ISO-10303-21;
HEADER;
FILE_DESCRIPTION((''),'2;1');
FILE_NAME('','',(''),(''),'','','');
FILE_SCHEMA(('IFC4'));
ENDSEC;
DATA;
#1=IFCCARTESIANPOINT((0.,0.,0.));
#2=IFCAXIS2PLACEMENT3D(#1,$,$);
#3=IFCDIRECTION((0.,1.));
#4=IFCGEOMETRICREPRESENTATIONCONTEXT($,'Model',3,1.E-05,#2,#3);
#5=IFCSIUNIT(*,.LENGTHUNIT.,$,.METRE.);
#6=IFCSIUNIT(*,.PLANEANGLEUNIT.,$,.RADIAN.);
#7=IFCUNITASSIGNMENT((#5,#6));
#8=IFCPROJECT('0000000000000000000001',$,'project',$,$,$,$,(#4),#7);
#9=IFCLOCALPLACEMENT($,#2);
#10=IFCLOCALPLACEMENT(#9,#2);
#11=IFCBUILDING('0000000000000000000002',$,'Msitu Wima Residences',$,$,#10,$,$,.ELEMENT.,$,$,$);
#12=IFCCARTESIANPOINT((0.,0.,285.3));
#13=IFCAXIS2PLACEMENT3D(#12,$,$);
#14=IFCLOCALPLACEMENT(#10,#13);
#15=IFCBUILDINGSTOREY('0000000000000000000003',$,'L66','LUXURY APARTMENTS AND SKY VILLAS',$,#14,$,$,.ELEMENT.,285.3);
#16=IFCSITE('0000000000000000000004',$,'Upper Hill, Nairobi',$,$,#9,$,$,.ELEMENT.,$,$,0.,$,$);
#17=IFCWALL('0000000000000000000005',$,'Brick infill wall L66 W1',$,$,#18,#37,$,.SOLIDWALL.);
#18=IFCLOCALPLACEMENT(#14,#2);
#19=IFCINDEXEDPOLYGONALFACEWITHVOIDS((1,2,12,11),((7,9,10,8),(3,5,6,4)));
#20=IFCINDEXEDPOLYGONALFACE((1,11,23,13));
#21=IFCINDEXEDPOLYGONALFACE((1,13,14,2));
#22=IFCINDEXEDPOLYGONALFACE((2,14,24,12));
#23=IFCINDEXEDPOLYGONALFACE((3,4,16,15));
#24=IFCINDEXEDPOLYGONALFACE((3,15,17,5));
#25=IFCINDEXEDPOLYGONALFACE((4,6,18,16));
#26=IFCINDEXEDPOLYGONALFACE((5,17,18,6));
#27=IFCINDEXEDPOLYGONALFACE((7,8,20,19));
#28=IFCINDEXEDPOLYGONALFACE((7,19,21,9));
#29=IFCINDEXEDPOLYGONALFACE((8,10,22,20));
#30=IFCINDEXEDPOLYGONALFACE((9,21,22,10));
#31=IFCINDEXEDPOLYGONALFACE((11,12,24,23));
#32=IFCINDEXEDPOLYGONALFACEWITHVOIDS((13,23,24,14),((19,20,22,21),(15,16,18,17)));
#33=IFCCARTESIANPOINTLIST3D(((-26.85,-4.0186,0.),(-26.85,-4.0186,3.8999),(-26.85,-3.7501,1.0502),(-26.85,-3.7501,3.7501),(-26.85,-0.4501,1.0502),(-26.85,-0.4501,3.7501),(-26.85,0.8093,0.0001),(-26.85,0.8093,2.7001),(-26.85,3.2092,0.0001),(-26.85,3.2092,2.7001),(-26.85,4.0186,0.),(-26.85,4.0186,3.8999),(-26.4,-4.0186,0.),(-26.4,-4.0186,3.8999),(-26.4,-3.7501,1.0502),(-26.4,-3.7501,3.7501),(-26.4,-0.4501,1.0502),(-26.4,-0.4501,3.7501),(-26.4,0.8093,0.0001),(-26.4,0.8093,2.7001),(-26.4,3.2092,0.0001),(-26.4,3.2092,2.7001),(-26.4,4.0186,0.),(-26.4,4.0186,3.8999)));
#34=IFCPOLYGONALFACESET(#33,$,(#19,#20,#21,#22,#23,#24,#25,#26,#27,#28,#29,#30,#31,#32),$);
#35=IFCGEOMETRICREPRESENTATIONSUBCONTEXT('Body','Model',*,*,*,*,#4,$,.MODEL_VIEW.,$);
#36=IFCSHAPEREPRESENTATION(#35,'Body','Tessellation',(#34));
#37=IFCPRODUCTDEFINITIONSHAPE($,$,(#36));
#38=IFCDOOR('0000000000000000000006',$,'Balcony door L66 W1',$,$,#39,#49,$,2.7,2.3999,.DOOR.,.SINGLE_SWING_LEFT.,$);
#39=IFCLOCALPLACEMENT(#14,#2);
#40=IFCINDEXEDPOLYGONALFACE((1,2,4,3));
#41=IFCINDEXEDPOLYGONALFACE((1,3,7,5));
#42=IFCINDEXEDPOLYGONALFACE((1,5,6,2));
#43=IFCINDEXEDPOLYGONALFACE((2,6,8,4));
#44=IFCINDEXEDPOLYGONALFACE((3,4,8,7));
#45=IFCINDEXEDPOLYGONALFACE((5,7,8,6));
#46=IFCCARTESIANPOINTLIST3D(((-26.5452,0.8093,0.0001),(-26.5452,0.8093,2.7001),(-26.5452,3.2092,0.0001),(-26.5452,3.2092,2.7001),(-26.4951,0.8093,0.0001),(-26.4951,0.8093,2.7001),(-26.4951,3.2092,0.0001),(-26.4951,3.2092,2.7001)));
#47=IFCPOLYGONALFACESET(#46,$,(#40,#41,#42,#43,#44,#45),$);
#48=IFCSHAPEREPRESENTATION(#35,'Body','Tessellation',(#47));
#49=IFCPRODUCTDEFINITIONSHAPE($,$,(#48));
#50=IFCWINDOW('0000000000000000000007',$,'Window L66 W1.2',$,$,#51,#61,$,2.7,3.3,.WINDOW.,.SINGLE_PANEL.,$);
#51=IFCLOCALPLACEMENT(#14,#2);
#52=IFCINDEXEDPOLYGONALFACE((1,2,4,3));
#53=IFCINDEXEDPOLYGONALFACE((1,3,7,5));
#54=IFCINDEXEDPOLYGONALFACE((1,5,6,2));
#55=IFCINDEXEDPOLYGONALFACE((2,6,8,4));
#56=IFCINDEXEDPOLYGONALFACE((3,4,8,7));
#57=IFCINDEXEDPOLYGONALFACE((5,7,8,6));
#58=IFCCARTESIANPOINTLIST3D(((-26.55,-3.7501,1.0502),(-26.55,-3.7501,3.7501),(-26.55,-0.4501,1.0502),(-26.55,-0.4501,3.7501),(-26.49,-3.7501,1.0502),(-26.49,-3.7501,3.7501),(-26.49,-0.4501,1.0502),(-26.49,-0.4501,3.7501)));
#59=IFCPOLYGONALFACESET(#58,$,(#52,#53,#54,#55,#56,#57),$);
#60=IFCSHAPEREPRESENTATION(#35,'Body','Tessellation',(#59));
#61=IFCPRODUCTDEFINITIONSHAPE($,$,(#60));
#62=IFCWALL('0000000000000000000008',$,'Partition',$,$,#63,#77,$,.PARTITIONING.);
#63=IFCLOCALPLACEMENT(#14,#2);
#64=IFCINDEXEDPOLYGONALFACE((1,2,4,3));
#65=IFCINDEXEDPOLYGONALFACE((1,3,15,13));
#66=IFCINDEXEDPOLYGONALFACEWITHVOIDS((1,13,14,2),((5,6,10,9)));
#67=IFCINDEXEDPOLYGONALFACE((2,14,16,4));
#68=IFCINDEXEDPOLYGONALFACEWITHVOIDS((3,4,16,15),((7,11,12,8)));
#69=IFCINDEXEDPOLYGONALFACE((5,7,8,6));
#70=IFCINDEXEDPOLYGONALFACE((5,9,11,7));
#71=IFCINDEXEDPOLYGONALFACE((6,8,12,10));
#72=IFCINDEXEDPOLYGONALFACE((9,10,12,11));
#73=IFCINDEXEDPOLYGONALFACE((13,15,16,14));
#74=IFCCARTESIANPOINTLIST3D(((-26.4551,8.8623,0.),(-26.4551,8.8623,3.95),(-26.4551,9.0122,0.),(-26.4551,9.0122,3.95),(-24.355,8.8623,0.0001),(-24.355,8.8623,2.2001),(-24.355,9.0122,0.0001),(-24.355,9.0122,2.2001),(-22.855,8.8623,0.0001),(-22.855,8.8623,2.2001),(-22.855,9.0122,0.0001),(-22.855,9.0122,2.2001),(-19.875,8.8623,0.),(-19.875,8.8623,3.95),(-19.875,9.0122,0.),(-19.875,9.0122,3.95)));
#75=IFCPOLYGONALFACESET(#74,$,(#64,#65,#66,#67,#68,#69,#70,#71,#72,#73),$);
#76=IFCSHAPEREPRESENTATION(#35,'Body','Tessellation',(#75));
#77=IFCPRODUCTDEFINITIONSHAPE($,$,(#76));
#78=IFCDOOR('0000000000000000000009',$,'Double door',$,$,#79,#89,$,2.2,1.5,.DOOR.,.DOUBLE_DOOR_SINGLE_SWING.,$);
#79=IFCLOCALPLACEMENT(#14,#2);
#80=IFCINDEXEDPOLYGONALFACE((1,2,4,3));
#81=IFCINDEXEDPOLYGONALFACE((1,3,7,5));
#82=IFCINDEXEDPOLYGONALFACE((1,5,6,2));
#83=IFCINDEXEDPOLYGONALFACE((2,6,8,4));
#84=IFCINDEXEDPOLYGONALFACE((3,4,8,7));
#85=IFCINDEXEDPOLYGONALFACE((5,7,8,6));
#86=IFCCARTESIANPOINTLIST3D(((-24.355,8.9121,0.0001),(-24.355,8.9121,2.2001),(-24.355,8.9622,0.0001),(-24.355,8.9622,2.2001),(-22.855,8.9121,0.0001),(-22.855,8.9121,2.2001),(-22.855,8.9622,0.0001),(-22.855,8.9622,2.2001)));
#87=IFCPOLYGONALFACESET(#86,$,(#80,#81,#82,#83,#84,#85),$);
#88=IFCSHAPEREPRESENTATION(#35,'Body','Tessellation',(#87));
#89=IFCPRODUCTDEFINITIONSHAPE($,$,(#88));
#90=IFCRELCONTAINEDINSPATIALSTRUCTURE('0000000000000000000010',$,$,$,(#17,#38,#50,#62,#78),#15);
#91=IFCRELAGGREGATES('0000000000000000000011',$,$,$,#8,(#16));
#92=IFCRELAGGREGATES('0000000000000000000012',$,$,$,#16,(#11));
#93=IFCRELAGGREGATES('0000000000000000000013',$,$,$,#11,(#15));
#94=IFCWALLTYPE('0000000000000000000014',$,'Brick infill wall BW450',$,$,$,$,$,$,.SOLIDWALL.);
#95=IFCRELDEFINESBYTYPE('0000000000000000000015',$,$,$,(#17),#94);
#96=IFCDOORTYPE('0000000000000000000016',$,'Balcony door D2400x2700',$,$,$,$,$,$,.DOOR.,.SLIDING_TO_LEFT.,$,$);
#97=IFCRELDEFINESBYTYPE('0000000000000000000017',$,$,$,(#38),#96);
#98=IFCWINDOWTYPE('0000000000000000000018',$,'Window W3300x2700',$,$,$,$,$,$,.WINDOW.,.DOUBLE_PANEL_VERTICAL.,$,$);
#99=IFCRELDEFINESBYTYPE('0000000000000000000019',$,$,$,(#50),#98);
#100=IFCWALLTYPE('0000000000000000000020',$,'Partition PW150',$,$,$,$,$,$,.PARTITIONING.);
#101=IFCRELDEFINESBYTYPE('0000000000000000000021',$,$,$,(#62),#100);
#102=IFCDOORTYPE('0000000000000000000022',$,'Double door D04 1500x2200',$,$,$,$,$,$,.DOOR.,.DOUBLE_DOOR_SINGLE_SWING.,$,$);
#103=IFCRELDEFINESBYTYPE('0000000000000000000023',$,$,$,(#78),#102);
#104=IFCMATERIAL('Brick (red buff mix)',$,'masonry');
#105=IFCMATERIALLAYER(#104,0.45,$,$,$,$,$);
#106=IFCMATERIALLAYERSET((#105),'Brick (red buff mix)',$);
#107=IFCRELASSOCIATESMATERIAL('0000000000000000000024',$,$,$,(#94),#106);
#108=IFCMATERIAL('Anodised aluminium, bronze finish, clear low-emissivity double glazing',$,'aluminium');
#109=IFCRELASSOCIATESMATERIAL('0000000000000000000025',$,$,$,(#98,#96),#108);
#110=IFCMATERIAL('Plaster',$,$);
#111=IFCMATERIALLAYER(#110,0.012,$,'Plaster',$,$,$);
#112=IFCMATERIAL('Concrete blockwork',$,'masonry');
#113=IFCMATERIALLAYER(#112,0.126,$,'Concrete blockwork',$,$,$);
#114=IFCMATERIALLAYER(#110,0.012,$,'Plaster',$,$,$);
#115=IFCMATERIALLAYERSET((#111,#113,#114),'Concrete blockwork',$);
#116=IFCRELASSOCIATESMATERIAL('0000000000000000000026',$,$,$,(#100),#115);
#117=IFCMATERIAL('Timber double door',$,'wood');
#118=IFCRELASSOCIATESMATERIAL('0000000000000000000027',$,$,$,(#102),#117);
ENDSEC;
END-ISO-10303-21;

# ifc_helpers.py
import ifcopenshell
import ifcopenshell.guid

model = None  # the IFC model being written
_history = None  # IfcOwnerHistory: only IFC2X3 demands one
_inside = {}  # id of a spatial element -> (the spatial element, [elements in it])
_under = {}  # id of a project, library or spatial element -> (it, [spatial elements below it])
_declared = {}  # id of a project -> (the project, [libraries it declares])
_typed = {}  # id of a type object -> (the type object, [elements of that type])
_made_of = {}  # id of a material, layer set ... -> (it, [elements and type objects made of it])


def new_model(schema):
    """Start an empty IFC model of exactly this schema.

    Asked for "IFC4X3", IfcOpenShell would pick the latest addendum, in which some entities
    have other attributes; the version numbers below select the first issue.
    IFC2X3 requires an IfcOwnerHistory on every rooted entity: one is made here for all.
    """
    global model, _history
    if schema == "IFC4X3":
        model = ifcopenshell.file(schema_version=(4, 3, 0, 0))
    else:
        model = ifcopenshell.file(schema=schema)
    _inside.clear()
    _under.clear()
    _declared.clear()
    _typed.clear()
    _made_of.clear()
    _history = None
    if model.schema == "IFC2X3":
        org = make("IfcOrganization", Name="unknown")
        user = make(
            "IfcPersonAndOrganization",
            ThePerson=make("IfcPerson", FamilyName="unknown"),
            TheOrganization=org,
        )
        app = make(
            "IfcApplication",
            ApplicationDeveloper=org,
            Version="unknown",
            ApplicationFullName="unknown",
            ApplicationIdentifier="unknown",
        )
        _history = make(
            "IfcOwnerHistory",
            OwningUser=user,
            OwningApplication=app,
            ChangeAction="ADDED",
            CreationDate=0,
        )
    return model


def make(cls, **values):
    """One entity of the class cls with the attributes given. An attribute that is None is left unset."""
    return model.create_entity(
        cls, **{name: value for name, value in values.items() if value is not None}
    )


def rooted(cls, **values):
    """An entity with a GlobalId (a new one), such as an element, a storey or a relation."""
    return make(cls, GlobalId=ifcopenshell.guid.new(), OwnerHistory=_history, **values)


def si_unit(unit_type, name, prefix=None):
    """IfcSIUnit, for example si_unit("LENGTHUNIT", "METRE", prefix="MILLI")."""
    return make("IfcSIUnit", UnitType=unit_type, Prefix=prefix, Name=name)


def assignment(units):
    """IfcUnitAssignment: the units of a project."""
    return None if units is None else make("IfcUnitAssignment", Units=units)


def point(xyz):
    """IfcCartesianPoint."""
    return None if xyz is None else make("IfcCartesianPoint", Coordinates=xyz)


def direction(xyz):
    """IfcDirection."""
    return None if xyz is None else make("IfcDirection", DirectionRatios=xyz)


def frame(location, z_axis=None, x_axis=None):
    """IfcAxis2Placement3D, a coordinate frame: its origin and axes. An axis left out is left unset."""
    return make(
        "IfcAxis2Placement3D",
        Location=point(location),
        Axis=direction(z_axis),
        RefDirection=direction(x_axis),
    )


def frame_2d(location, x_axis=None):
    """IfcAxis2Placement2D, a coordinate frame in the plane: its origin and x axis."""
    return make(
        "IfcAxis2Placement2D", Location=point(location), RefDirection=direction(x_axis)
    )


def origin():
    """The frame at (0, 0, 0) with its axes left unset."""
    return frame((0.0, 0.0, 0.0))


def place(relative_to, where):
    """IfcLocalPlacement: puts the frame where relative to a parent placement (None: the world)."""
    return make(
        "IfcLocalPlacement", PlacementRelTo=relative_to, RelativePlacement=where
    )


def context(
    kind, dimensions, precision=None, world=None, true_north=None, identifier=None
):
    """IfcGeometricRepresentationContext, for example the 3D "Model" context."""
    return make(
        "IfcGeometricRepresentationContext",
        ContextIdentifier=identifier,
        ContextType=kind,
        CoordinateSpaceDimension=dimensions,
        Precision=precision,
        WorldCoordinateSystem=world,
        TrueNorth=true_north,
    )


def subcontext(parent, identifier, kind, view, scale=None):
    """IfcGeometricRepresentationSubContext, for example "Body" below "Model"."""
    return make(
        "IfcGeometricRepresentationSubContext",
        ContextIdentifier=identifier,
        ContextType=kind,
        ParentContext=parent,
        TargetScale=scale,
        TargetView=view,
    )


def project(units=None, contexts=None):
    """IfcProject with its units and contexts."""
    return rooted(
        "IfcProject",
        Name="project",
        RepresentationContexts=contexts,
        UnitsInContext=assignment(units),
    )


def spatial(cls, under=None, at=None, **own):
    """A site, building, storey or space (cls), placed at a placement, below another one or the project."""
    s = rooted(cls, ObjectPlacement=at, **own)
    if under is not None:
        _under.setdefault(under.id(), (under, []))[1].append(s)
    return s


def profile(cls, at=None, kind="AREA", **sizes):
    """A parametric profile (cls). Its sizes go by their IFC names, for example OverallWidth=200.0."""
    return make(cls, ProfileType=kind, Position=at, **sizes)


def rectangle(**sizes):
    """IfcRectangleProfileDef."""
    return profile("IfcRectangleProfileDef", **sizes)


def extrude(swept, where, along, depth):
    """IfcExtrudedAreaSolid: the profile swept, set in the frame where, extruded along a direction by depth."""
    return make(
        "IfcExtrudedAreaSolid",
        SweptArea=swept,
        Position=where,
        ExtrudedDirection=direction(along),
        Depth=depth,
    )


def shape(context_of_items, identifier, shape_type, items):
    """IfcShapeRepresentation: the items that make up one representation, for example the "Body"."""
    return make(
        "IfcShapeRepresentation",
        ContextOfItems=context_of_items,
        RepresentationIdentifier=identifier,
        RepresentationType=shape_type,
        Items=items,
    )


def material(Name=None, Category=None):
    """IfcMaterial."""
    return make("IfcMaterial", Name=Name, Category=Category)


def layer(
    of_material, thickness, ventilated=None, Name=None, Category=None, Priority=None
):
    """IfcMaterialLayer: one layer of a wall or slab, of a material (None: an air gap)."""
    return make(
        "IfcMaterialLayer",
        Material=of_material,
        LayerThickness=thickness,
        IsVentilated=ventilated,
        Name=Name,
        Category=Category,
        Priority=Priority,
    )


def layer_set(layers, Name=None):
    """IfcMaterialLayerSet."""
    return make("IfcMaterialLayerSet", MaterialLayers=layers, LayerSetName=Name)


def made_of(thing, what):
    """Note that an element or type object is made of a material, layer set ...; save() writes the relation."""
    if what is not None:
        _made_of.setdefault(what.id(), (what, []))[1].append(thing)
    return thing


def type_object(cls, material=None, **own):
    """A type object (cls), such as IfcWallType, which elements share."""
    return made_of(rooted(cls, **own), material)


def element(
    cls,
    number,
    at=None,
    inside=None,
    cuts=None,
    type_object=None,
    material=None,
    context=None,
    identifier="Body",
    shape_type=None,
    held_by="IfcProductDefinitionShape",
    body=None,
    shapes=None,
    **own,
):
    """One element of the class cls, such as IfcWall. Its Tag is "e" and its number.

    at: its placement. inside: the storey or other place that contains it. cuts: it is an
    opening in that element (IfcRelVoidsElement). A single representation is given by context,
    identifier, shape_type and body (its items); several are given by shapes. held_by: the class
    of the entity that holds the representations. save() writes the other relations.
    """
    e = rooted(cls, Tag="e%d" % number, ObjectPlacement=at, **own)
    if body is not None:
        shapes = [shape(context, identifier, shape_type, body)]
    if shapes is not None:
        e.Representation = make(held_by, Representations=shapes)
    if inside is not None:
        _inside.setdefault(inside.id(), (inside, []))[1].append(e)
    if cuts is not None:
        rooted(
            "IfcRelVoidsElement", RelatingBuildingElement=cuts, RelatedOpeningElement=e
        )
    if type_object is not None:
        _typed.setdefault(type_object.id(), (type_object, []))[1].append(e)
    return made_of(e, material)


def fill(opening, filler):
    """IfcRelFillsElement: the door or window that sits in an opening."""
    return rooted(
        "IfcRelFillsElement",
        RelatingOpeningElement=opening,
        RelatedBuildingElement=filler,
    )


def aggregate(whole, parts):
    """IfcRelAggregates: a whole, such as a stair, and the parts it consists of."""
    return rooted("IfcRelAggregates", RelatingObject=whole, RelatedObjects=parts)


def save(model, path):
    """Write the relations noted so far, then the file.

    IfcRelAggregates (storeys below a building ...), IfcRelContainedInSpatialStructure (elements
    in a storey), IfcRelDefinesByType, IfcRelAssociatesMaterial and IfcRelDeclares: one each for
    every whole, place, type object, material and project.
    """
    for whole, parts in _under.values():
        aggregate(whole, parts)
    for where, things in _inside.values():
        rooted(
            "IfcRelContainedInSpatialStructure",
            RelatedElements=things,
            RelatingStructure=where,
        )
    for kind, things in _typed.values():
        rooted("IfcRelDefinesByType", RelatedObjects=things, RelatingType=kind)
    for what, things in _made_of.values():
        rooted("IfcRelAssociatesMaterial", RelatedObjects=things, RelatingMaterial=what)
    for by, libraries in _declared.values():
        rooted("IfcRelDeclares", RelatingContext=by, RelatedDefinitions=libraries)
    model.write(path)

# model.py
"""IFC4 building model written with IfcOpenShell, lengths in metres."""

from ifc_helpers import new_model, si_unit, direction, frame, frame_2d, origin, place, context, subcontext, project, spatial, rectangle, extrude, material, layer, layer_set, type_object, element, fill, save


model = new_model("IFC4")

# Units and contexts
model_context = context("Model", 3, precision=1e-05, world=origin(), true_north=direction((0.0, 1.0)))
body_context = subcontext(model_context, "Body", "Model", "MODEL_VIEW")
ifc_project = project(units=[si_unit("LENGTHUNIT", "METRE"), si_unit("PLANEANGLEUNIT", "RADIAN")], contexts=[model_context])

# Site, building, storey
site_placement = place(None, origin())
site = spatial("IfcSite", under=ifc_project, at=site_placement, Name="Upper Hill, Nairobi", CompositionType="ELEMENT", RefElevation=0.0)
building_placement = place(site_placement, origin())
building = spatial("IfcBuilding", under=site, at=building_placement, Name="Msitu Wima Residences", CompositionType="ELEMENT")
storey_placement = place(building_placement, frame((0.0, 0.0, 285.3)))
storey = spatial("IfcBuildingStorey", under=building, at=storey_placement, Name="L66", Description="LUXURY APARTMENTS AND SKY VILLAS", CompositionType="ELEMENT", Elevation=285.3)

# Shared definitions
ifc_material_1 = material(Name="Brick (red buff mix)", Category="masonry")
ifc_layer_1 = layer(ifc_material_1, 0.45)
ifc_layer_set_1 = layer_set([ifc_layer_1], Name="Brick (red buff mix)")
wall_type_1 = type_object("IfcWallType", Name="Brick infill wall BW450", PredefinedType="SOLIDWALL", material=ifc_layer_set_1)
ifc_material_2 = material(Name="Anodised aluminium, bronze finish, clear low-emissivity double glazing", Category="aluminium")
window_type = type_object("IfcWindowType", Name="Window W3300x2700", PartitioningType="DOUBLE_PANEL_VERTICAL", PredefinedType="WINDOW", material=ifc_material_2)

# Wall, openings, door, window
wall_1_placement = place(storey_placement, frame((-26.625, 4.0186, 0.0), z_axis=(0.0, 0.0, 1.0), x_axis=(0.0, -1.0, 0.0)))
wall_1 = element("IfcWall", 1, at=wall_1_placement, inside=storey, type_object=wall_type_1, Name="Brick infill wall L66 W1", PredefinedType="SOLIDWALL", context=body_context, shape_type="SweptSolid", body=[
    extrude(rectangle(XDim=8.0371, YDim=0.45, at=frame_2d((4.0186, 0.0))), origin(), (0.0, 0.0, 1.0), 3.8999),
])
opening_1_placement = place(wall_1_placement, frame((0.8093, 0.0, 0.0)))
opening_1 = element("IfcOpeningElement", 2, at=opening_1_placement, cuts=wall_1, PredefinedType="OPENING", context=body_context, shape_type="SweptSolid", body=[
    extrude(rectangle(XDim=2.3999, YDim=2.7, at=frame_2d((1.2, 1.3501))), frame((0.0, 0.2349, 0.0), z_axis=(0.0, -1.0, 0.0), x_axis=(1.0, 0.0, 0.0)), (0.0, 0.0, 1.0), 0.47),
])
opening_2_placement = place(wall_1_placement, frame((4.4688, 0.0, 1.05)))
opening_2 = element("IfcOpeningElement", 3, at=opening_2_placement, cuts=wall_1, PredefinedType="OPENING", context=body_context, shape_type="SweptSolid", body=[
    extrude(rectangle(XDim=3.3, YDim=2.7, at=frame_2d((1.6499, 1.3501))), frame((0.0, 0.2349, 0.0), z_axis=(0.0, -1.0, 0.0), x_axis=(1.0, 0.0, 0.0)), (0.0, 0.0, 1.0), 0.47),
])
door_type_1 = type_object("IfcDoorType", Name="Balcony door D2400x2700", OperationType="SLIDING_TO_LEFT", PredefinedType="DOOR", material=ifc_material_2)
door_1_placement = place(opening_1_placement, origin())
door_1 = element("IfcDoor", 4, at=door_1_placement, inside=storey, type_object=door_type_1, Name="Balcony door L66 W1", OperationType="SINGLE_SWING_LEFT", OverallHeight=2.7, OverallWidth=2.3999, PredefinedType="DOOR", context=body_context, shape_type="SweptSolid", body=[
    extrude(rectangle(XDim=2.3999, YDim=2.7, at=frame_2d((1.2, 1.3501))), frame((0.0, 0.1299, 0.0), z_axis=(0.0, -1.0, 0.0), x_axis=(1.0, 0.0, 0.0)), (0.0, 0.0, 1.0), 0.05),
])
fill(opening_1, door_1)
window_1_placement = place(opening_2_placement, origin())
window_1 = element("IfcWindow", 5, at=window_1_placement, inside=storey, type_object=window_type, Name="Window L66 W1.2", OverallHeight=2.7, OverallWidth=3.3, PartitioningType="SINGLE_PANEL", PredefinedType="WINDOW", context=body_context, shape_type="SweptSolid", body=[
    extrude(rectangle(XDim=3.3, YDim=2.7, at=frame_2d((1.6499, 1.3501))), frame((0.0, 0.135, 0.0), z_axis=(0.0, -1.0, 0.0), x_axis=(1.0, 0.0, 0.0)), (0.0, 0.0, 1.0), 0.0601),
])
fill(opening_2, window_1)

# Wall, opening, door
ifc_material_3 = material(Name="Plaster")
ifc_layer_2 = layer(ifc_material_3, 0.012, Name="Plaster")
ifc_material_4 = material(Name="Concrete blockwork", Category="masonry")
ifc_layer_3 = layer(ifc_material_4, 0.126, Name="Concrete blockwork")
ifc_layer_4 = layer(ifc_material_3, 0.012, Name="Plaster")
ifc_layer_set_2 = layer_set([ifc_layer_2, ifc_layer_3, ifc_layer_4], Name="Concrete blockwork")
wall_type_2 = type_object("IfcWallType", Name="Partition PW150", PredefinedType="PARTITIONING", material=ifc_layer_set_2)
wall_2_placement = place(storey_placement, frame((-26.4551, 8.9373, 0.0), z_axis=(0.0, 0.0, 1.0), x_axis=(1.0, 0.0, 0.0)))
wall_2 = element("IfcWall", 6, at=wall_2_placement, inside=storey, type_object=wall_type_2, Name="Partition", PredefinedType="PARTITIONING", context=body_context, shape_type="SweptSolid", body=[
    extrude(rectangle(XDim=6.5801, YDim=0.1499, at=frame_2d((3.29, 0.0))), origin(), (0.0, 0.0, 1.0), 3.95),
])
opening_3_placement = place(wall_2_placement, frame((2.1001, 0.0, 0.0)))
opening_3 = element("IfcOpeningElement", 7, at=opening_3_placement, cuts=wall_2, PredefinedType="OPENING", context=body_context, shape_type="SweptSolid", body=[
    extrude(rectangle(XDim=1.5, YDim=2.2, at=frame_2d((0.75, 1.1001))), frame((0.0, 0.085, 0.0), z_axis=(0.0, -1.0, 0.0), x_axis=(1.0, 0.0, 0.0)), (0.0, 0.0, 1.0), 0.1699),
])
ifc_material_5 = material(Name="Timber double door", Category="wood")
door_type_2 = type_object("IfcDoorType", Name="Double door D04 1500x2200", OperationType="DOUBLE_DOOR_SINGLE_SWING", PredefinedType="DOOR", material=ifc_material_5)
door_2_placement = place(opening_3_placement, origin())
door_2 = element("IfcDoor", 8, at=door_2_placement, inside=storey, type_object=door_type_2, Name="Double door", OperationType="DOUBLE_DOOR_SINGLE_SWING", OverallHeight=2.2, OverallWidth=1.5, PredefinedType="DOOR", context=body_context, shape_type="SweptSolid", body=[
    extrude(rectangle(XDim=1.5, YDim=2.2, at=frame_2d((0.75, 1.1001))), frame((0.0, 0.0249, 0.0), z_axis=(0.0, -1.0, 0.0), x_axis=(1.0, 0.0, 0.0)), (0.0, 0.0, 1.0), 0.05),
])
fill(opening_3, door_2)

save(model, "model.ifc")
